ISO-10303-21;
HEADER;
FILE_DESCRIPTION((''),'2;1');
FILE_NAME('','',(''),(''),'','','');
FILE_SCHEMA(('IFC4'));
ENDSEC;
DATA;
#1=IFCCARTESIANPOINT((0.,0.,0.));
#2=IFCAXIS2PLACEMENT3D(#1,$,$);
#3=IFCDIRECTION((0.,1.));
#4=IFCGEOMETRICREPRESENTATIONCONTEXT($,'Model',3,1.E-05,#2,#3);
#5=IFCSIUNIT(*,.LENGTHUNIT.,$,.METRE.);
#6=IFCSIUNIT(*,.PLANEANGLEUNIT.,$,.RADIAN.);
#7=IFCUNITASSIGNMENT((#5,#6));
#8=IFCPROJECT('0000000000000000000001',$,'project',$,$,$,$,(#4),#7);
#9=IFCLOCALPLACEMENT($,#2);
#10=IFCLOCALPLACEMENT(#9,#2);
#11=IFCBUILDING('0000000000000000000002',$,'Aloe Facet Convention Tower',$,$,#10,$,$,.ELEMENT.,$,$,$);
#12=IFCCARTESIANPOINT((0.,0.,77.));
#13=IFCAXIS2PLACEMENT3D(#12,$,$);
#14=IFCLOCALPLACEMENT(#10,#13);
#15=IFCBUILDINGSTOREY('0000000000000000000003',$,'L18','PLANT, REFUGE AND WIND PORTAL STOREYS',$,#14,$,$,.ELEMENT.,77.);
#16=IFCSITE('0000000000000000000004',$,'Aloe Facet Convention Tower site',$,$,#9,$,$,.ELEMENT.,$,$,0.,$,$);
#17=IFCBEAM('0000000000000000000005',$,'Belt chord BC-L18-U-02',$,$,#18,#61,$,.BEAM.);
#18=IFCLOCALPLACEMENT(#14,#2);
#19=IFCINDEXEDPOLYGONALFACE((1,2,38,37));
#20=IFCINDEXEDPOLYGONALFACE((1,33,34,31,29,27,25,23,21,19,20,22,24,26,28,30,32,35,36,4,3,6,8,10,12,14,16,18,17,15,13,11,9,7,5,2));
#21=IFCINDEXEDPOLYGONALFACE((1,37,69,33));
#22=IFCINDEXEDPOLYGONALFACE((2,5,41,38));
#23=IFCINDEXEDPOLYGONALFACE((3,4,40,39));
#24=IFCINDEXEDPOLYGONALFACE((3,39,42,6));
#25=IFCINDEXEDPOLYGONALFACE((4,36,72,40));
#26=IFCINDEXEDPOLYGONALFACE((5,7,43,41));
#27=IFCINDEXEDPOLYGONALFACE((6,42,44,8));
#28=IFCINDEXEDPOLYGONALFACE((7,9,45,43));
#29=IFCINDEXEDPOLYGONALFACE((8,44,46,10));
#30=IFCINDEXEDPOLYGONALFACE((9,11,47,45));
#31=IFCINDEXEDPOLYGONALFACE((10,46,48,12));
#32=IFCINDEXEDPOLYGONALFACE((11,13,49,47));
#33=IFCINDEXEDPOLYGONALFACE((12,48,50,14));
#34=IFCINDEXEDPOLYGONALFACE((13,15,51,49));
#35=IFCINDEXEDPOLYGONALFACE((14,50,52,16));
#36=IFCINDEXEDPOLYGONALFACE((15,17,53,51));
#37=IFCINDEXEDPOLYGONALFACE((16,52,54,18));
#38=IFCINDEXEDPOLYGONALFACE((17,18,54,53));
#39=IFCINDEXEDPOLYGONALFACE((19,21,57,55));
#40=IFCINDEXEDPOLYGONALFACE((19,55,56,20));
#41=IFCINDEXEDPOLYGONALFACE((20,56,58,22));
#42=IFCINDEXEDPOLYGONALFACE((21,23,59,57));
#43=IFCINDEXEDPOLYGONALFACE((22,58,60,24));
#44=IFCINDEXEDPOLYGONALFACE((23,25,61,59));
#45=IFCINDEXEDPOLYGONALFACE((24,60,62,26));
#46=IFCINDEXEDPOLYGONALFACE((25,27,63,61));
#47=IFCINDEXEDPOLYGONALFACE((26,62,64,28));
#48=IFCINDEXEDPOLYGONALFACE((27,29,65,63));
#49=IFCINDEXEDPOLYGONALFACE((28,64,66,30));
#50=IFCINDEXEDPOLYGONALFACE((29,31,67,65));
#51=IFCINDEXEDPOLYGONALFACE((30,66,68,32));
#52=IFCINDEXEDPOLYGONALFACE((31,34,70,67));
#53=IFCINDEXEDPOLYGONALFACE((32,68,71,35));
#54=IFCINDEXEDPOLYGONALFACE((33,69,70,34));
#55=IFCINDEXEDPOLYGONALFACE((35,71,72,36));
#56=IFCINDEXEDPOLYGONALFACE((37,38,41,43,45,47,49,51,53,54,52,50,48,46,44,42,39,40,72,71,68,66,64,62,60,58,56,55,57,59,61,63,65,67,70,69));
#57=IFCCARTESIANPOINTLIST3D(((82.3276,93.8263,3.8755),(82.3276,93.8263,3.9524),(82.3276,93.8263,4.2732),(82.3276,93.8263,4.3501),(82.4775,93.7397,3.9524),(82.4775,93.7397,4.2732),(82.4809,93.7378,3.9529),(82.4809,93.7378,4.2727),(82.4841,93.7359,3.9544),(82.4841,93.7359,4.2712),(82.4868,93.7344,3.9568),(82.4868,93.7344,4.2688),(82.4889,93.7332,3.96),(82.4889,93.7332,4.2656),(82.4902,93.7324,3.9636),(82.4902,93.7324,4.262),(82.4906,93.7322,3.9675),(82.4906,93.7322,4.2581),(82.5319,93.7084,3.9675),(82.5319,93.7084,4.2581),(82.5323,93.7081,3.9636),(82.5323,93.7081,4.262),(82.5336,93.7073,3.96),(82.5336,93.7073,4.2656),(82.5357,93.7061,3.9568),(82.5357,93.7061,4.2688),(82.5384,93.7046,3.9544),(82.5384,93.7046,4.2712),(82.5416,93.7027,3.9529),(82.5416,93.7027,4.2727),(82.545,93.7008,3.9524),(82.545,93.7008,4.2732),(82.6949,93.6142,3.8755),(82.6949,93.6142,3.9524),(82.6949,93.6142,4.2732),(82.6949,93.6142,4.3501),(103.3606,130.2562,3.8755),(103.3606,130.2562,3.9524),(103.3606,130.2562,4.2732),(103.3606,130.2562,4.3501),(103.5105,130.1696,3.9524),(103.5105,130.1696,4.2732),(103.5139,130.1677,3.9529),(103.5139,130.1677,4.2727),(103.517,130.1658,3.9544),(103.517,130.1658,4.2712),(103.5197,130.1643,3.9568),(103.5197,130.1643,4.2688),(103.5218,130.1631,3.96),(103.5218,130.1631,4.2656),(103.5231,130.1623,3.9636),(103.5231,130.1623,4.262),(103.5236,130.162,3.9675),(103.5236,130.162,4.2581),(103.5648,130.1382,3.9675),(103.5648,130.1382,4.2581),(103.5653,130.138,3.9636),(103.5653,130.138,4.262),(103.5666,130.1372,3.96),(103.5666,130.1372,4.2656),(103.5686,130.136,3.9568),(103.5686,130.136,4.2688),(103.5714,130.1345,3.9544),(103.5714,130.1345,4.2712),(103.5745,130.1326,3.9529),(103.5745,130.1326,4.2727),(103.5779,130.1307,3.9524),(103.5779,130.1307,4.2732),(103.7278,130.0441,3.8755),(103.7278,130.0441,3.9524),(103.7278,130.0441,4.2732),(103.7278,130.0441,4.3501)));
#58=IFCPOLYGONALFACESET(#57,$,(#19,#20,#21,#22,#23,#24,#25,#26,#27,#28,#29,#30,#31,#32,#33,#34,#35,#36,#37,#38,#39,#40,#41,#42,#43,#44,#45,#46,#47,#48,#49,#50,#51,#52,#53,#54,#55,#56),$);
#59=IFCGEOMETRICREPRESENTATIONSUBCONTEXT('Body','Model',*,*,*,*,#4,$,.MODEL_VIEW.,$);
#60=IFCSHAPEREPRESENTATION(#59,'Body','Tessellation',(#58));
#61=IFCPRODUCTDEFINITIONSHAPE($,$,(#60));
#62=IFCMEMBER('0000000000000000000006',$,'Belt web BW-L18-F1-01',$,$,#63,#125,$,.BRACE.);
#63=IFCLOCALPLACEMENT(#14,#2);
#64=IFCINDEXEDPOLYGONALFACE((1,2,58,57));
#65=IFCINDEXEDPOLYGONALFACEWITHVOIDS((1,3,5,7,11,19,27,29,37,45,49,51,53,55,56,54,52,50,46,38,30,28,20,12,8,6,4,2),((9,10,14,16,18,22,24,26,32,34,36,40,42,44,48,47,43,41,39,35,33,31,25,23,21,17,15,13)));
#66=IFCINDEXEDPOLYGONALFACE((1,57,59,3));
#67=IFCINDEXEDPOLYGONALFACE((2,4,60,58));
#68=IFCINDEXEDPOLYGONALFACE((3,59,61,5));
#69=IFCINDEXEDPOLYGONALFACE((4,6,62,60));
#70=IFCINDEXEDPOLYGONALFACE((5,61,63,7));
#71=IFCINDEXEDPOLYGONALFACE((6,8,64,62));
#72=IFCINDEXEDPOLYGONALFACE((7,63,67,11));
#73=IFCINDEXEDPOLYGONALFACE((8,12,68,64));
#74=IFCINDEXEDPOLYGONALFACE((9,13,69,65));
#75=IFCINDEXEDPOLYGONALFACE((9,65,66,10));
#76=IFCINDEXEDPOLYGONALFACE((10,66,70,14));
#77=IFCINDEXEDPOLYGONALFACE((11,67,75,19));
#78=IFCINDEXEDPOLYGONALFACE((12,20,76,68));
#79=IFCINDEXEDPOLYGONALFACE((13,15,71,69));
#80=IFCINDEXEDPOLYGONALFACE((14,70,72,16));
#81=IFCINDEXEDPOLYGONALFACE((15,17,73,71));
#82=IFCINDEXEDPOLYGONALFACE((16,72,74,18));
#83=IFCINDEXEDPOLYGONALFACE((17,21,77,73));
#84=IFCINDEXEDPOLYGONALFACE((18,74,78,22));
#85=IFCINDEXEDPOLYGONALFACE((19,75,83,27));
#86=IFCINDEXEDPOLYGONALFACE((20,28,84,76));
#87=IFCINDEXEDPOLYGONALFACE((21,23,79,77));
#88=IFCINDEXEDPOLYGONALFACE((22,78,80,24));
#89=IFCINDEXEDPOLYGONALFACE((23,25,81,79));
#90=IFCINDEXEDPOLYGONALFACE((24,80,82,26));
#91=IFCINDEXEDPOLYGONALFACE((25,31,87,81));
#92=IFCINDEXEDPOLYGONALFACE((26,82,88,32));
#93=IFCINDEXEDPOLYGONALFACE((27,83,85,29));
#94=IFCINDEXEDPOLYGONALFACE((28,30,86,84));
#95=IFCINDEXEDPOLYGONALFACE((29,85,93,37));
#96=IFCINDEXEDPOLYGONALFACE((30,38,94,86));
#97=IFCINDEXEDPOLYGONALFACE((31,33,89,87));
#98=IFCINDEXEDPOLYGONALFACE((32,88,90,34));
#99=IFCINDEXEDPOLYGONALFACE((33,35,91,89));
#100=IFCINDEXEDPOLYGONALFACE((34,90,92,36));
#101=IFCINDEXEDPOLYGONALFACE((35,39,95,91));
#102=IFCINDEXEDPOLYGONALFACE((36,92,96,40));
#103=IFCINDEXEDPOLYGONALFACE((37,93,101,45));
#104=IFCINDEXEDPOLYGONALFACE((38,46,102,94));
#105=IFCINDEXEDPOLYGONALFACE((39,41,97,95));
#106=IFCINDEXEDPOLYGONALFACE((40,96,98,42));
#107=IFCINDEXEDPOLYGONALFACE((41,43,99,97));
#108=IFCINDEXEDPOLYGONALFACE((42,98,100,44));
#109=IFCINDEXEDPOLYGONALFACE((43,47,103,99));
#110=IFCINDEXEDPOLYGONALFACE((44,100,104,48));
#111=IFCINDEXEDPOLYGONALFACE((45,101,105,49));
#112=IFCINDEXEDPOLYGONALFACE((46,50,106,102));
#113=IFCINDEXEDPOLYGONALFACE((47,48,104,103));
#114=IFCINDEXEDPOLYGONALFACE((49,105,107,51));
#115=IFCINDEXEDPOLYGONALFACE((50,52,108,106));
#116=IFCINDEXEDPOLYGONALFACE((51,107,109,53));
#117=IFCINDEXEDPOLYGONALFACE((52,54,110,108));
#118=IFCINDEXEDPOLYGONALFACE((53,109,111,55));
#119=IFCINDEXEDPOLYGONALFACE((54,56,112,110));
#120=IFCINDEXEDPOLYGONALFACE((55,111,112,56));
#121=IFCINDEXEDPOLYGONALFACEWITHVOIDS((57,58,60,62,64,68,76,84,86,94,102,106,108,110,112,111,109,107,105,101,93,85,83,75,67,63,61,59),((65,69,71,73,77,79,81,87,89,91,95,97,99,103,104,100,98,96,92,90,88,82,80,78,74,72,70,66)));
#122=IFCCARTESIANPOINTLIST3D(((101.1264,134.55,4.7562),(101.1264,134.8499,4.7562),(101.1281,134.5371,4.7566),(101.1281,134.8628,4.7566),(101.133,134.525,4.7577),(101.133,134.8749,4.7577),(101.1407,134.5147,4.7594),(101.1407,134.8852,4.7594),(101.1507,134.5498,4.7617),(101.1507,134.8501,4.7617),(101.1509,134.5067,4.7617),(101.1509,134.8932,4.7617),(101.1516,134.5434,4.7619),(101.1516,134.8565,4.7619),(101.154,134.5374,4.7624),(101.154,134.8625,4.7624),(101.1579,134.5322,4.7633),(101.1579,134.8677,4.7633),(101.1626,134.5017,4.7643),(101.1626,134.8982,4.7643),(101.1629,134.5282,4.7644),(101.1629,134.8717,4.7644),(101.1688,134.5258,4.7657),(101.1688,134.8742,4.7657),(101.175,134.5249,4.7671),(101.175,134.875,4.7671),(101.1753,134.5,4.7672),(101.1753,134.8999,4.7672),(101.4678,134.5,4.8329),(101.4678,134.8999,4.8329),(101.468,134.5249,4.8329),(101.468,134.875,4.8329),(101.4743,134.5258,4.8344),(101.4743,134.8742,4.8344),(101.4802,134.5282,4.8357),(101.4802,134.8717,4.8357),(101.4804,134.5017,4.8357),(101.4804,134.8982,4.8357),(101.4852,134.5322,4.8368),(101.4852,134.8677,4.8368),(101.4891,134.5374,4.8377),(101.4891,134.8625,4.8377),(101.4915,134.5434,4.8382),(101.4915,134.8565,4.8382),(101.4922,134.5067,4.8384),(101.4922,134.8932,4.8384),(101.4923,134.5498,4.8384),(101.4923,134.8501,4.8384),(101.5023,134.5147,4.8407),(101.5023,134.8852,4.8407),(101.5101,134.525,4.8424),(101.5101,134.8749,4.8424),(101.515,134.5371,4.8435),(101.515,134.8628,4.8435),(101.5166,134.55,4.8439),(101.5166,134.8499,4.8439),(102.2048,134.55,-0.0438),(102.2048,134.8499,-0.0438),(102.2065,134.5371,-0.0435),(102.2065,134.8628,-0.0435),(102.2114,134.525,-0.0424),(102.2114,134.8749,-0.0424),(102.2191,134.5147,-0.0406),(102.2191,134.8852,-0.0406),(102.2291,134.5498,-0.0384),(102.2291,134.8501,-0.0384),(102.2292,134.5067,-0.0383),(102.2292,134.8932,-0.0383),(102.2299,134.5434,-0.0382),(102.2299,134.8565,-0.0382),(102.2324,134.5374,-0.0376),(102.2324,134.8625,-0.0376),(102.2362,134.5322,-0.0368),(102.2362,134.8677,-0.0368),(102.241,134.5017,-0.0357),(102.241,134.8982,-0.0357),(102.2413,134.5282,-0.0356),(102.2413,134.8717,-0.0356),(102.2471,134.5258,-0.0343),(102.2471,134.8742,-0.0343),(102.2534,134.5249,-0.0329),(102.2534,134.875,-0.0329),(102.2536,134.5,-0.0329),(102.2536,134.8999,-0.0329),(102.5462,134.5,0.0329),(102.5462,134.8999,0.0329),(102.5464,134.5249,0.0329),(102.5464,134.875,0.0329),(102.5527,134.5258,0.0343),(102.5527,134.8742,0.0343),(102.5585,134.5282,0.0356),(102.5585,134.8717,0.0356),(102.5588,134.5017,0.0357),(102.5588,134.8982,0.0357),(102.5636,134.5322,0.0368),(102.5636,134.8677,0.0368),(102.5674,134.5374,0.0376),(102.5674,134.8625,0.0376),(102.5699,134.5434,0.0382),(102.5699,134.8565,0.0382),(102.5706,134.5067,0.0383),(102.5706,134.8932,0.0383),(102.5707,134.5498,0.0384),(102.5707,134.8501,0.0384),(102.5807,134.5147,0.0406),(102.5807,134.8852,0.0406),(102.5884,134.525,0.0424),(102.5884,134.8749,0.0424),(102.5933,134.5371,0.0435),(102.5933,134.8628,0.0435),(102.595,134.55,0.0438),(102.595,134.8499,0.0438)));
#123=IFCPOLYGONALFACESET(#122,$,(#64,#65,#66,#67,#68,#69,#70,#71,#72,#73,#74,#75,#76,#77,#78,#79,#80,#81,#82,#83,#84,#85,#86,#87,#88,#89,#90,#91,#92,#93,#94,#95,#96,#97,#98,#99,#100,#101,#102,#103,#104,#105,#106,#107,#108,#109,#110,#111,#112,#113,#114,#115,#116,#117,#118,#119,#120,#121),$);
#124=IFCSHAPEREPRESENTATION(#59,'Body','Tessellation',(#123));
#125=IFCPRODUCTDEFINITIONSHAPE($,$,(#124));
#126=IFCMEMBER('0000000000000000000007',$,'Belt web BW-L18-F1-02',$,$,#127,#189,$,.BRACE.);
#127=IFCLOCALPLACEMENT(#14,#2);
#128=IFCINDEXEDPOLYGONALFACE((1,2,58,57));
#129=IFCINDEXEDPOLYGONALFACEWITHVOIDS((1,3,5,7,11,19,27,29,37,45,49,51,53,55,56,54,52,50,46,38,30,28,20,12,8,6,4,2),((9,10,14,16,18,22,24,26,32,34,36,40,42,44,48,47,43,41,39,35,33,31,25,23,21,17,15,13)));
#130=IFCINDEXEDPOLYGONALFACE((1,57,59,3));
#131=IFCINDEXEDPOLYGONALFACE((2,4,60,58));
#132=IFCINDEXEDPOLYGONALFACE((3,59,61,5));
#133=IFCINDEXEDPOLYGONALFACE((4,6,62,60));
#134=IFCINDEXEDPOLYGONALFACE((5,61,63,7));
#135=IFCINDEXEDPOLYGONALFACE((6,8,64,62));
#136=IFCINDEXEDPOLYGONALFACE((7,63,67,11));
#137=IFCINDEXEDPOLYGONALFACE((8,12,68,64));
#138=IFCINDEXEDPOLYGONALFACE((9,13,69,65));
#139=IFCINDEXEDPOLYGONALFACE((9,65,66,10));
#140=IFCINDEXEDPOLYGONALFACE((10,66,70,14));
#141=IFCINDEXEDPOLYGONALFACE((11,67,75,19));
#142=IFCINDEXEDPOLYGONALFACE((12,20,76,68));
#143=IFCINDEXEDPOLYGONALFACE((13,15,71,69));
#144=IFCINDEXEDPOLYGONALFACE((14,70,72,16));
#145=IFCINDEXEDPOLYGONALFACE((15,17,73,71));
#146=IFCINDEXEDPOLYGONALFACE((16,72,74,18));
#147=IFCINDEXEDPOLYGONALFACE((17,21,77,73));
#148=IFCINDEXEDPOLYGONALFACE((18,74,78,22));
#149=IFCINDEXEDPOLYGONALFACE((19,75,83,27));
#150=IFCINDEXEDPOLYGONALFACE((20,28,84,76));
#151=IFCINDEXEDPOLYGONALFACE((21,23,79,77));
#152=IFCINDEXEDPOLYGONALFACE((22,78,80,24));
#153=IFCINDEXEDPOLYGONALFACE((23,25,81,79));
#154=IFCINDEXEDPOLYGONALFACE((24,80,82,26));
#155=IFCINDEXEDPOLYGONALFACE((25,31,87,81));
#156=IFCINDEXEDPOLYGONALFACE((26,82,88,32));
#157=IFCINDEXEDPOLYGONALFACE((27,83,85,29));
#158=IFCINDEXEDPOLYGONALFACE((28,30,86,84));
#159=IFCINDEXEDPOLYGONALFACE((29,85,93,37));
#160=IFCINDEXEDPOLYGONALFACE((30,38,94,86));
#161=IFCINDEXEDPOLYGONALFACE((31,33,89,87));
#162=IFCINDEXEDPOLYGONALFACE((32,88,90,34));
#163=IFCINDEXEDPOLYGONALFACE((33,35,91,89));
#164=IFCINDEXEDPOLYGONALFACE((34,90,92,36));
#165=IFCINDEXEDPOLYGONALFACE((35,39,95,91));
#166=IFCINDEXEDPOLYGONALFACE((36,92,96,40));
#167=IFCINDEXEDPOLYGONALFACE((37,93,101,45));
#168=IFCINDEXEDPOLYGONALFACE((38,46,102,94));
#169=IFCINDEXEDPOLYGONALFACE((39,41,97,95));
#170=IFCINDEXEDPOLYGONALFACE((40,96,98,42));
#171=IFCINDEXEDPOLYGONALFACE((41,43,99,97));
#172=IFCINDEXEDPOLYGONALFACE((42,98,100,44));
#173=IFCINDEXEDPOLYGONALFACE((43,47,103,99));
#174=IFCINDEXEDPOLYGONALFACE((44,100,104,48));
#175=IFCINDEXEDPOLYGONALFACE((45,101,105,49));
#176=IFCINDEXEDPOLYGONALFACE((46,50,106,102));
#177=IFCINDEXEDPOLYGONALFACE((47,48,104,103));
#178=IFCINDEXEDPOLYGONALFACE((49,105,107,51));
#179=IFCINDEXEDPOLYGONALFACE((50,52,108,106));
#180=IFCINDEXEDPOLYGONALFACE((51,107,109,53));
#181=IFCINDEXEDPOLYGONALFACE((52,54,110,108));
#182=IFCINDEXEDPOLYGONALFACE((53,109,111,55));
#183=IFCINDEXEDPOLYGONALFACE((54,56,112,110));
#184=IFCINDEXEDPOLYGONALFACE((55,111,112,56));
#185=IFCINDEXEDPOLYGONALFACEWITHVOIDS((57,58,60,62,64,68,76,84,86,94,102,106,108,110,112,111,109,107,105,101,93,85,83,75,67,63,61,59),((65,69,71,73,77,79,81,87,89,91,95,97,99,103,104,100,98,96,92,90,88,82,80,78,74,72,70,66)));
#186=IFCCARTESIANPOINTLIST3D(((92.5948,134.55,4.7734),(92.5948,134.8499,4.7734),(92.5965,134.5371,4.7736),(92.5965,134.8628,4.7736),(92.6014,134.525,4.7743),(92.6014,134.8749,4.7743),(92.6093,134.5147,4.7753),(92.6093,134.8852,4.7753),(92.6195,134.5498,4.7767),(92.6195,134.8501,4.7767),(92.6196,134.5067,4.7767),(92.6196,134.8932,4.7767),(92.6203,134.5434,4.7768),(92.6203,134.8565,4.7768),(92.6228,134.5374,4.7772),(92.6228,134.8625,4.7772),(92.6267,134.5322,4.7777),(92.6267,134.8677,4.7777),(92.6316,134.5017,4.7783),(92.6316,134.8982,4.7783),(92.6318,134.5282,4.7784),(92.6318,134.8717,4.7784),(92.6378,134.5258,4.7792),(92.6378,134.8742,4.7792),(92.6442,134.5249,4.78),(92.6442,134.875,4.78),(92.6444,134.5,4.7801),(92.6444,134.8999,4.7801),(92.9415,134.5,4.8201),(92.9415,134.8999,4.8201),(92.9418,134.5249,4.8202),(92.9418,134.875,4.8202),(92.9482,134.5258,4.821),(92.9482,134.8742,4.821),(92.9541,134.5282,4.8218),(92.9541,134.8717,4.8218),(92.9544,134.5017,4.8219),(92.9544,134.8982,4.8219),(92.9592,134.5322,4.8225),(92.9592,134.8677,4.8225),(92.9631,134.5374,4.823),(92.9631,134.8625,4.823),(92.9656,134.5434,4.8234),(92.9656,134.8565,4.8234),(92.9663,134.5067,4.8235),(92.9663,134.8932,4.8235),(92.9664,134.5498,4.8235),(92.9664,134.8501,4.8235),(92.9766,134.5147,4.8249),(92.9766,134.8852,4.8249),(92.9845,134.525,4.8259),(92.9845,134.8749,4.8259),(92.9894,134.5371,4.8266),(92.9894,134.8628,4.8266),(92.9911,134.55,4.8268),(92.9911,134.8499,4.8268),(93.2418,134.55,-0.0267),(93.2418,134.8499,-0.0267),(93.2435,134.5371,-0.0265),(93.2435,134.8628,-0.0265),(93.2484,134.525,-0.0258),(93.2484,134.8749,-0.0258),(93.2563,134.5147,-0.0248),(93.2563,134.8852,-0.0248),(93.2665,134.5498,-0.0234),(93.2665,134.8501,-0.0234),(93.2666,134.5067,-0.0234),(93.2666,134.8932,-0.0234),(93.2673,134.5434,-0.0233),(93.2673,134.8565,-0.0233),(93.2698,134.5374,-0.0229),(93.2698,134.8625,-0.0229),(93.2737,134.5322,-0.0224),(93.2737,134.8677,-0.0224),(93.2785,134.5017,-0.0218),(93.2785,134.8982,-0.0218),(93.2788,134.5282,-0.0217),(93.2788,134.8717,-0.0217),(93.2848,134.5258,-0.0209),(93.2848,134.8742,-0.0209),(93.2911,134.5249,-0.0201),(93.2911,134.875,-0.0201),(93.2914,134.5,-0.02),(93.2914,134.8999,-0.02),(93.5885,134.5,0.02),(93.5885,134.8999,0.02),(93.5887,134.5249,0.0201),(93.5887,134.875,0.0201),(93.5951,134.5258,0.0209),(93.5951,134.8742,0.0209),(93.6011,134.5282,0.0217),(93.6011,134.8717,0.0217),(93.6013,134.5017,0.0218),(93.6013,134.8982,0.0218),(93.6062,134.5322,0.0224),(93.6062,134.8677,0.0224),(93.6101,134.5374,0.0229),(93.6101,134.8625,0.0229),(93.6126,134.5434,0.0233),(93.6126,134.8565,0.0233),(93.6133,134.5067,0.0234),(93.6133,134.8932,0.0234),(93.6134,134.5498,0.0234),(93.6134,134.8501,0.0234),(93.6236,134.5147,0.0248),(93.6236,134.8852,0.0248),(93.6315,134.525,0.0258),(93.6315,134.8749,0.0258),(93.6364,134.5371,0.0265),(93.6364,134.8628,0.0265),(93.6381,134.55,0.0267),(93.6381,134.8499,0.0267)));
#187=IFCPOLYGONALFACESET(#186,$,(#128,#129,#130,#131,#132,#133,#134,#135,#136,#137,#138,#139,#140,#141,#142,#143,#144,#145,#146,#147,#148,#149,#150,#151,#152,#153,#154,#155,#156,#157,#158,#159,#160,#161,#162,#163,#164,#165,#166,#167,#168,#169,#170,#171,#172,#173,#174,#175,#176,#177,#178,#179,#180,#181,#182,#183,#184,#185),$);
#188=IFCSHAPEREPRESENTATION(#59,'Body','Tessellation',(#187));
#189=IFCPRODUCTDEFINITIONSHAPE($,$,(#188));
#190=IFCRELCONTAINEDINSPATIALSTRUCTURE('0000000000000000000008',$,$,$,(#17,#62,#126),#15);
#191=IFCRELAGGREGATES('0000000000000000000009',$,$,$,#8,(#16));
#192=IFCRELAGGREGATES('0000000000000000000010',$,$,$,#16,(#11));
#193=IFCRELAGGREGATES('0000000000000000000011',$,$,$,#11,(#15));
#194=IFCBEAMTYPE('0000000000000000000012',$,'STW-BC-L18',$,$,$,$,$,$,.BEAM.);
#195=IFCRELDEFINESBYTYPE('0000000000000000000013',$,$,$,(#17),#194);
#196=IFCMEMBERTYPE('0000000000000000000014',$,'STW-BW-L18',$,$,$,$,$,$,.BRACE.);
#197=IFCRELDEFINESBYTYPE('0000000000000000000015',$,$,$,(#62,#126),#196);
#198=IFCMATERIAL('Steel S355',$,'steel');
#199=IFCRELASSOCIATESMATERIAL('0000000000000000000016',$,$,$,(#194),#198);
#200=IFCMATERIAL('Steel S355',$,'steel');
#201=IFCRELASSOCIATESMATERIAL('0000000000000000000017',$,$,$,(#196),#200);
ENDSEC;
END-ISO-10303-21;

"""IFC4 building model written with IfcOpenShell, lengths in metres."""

from ifc_helpers import new_model, si_unit, direction, frame, origin, origin_2d, place, context, subcontext, project, spatial, hollow_rectangle, i_section, extrude, material, material_profile, profile_set, type_object, element, save


model = new_model("IFC4")

# Units and contexts
model_context = context("Model", 3, precision=1e-05, world=origin(), true_north=direction((0.0, 1.0)))
body_context = subcontext(model_context, "Body", "Model", "MODEL_VIEW")
ifc_project = project(units=[si_unit("LENGTHUNIT", "METRE"), si_unit("PLANEANGLEUNIT", "RADIAN")], contexts=[model_context])

# Site, building, storey
site_placement = place(None, origin())
site = spatial("IfcSite", under=ifc_project, at=site_placement, Name="Aloe Facet Convention Tower site", CompositionType="ELEMENT", RefElevation=0.0)
building_placement = place(site_placement, origin())
building = spatial("IfcBuilding", under=site, at=building_placement, Name="Aloe Facet Convention Tower", CompositionType="ELEMENT")
storey_placement = place(building_placement, frame((0.0, 0.0, 77.0)))
storey = spatial("IfcBuildingStorey", under=building, at=storey_placement, Name="L18", Description="PLANT, REFUGE AND WIND PORTAL STOREYS", CompositionType="ELEMENT", Elevation=77.0)

# Beam
ifc_material_1 = material(Name="Steel S355", Category="steel")
ifc_material_profile_1 = material_profile(ifc_material_1, i_section(OverallWidth=0.4241, OverallDepth=0.4746, WebThickness=0.0476, FlangeThickness=0.0769, FilletRadius=0.0151, at=origin_2d()), Name="UC 356x406x634")
ifc_profile_set_1 = profile_set([ifc_material_profile_1], Name="Steel S355")
beam_type_1 = type_object("IfcBeamType", Name="STW-BC-L18", PredefinedType="BEAM", material=ifc_profile_set_1)
beam_1_placement = place(storey_placement, frame((103.5442, 130.1501, 4.1128), z_axis=(-0.500002, -0.866024, 0.0), x_axis=(0.866024, -0.500002, 0.0)))
element("IfcBeam", 1, at=beam_1_placement, inside=storey, type_object=beam_type_1, Name="Belt chord BC-L18-U-02", PredefinedType="BEAM", context=body_context, shape_type="SweptSolid", body=[
    extrude(i_section(OverallWidth=0.4241, OverallDepth=0.4746, WebThickness=0.0476, FlangeThickness=0.0769, FilletRadius=0.0151, at=origin_2d()), origin(), (0.0, 0.0, 1.0), 42.0657),
])

# Members
ifc_material_2 = material(Name="Steel S355", Category="steel")
ifc_material_profile_2 = material_profile(ifc_material_2, hollow_rectangle(XDim=0.3999, YDim=0.3999, WallThickness=0.0249, InnerFilletRadius=0.0249, OuterFilletRadius=0.05, at=origin_2d()), Name="SHS 400x400x25")
ifc_profile_set_2 = profile_set([ifc_material_profile_2], Name="Steel S355")
member_type_1 = type_object("IfcMemberType", Name="STW-BW-L18", PredefinedType="BRACE", material=ifc_profile_set_2)
member_1_placement = place(storey_placement, frame((102.3999, 134.7, 0.0), z_axis=(-0.219195, 0.0, 0.975681), x_axis=(0.0, -1.0, 0.0)))
element("IfcMember", 2, at=member_1_placement, inside=storey, type_object=member_type_1, Name="Belt web BW-L18-F1-01", PredefinedType="BRACE", context=body_context, shape_type="SweptSolid", body=[
    extrude(hollow_rectangle(XDim=0.3999, YDim=0.3999, WallThickness=0.0249, InnerFilletRadius=0.0249, OuterFilletRadius=0.05, at=origin_2d()), origin(), (0.0, 0.0, 1.0), 4.9197),
])
member_2_placement = place(storey_placement, frame((93.4399, 134.7, 0.0), z_axis=(-0.133577, 0.0, 0.991038), x_axis=(0.0, -1.0, 0.0)))
element("IfcMember", 3, at=member_2_placement, inside=storey, type_object=member_type_1, Name="Belt web BW-L18-F1-02", PredefinedType="BRACE", context=body_context, shape_type="SweptSolid", body=[
    extrude(hollow_rectangle(XDim=0.3999, YDim=0.3999, WallThickness=0.0249, InnerFilletRadius=0.0249, OuterFilletRadius=0.05, at=origin_2d()), origin(), (0.0, 0.0, 1.0), 4.8435),
])

save(model, "model.ifc")
